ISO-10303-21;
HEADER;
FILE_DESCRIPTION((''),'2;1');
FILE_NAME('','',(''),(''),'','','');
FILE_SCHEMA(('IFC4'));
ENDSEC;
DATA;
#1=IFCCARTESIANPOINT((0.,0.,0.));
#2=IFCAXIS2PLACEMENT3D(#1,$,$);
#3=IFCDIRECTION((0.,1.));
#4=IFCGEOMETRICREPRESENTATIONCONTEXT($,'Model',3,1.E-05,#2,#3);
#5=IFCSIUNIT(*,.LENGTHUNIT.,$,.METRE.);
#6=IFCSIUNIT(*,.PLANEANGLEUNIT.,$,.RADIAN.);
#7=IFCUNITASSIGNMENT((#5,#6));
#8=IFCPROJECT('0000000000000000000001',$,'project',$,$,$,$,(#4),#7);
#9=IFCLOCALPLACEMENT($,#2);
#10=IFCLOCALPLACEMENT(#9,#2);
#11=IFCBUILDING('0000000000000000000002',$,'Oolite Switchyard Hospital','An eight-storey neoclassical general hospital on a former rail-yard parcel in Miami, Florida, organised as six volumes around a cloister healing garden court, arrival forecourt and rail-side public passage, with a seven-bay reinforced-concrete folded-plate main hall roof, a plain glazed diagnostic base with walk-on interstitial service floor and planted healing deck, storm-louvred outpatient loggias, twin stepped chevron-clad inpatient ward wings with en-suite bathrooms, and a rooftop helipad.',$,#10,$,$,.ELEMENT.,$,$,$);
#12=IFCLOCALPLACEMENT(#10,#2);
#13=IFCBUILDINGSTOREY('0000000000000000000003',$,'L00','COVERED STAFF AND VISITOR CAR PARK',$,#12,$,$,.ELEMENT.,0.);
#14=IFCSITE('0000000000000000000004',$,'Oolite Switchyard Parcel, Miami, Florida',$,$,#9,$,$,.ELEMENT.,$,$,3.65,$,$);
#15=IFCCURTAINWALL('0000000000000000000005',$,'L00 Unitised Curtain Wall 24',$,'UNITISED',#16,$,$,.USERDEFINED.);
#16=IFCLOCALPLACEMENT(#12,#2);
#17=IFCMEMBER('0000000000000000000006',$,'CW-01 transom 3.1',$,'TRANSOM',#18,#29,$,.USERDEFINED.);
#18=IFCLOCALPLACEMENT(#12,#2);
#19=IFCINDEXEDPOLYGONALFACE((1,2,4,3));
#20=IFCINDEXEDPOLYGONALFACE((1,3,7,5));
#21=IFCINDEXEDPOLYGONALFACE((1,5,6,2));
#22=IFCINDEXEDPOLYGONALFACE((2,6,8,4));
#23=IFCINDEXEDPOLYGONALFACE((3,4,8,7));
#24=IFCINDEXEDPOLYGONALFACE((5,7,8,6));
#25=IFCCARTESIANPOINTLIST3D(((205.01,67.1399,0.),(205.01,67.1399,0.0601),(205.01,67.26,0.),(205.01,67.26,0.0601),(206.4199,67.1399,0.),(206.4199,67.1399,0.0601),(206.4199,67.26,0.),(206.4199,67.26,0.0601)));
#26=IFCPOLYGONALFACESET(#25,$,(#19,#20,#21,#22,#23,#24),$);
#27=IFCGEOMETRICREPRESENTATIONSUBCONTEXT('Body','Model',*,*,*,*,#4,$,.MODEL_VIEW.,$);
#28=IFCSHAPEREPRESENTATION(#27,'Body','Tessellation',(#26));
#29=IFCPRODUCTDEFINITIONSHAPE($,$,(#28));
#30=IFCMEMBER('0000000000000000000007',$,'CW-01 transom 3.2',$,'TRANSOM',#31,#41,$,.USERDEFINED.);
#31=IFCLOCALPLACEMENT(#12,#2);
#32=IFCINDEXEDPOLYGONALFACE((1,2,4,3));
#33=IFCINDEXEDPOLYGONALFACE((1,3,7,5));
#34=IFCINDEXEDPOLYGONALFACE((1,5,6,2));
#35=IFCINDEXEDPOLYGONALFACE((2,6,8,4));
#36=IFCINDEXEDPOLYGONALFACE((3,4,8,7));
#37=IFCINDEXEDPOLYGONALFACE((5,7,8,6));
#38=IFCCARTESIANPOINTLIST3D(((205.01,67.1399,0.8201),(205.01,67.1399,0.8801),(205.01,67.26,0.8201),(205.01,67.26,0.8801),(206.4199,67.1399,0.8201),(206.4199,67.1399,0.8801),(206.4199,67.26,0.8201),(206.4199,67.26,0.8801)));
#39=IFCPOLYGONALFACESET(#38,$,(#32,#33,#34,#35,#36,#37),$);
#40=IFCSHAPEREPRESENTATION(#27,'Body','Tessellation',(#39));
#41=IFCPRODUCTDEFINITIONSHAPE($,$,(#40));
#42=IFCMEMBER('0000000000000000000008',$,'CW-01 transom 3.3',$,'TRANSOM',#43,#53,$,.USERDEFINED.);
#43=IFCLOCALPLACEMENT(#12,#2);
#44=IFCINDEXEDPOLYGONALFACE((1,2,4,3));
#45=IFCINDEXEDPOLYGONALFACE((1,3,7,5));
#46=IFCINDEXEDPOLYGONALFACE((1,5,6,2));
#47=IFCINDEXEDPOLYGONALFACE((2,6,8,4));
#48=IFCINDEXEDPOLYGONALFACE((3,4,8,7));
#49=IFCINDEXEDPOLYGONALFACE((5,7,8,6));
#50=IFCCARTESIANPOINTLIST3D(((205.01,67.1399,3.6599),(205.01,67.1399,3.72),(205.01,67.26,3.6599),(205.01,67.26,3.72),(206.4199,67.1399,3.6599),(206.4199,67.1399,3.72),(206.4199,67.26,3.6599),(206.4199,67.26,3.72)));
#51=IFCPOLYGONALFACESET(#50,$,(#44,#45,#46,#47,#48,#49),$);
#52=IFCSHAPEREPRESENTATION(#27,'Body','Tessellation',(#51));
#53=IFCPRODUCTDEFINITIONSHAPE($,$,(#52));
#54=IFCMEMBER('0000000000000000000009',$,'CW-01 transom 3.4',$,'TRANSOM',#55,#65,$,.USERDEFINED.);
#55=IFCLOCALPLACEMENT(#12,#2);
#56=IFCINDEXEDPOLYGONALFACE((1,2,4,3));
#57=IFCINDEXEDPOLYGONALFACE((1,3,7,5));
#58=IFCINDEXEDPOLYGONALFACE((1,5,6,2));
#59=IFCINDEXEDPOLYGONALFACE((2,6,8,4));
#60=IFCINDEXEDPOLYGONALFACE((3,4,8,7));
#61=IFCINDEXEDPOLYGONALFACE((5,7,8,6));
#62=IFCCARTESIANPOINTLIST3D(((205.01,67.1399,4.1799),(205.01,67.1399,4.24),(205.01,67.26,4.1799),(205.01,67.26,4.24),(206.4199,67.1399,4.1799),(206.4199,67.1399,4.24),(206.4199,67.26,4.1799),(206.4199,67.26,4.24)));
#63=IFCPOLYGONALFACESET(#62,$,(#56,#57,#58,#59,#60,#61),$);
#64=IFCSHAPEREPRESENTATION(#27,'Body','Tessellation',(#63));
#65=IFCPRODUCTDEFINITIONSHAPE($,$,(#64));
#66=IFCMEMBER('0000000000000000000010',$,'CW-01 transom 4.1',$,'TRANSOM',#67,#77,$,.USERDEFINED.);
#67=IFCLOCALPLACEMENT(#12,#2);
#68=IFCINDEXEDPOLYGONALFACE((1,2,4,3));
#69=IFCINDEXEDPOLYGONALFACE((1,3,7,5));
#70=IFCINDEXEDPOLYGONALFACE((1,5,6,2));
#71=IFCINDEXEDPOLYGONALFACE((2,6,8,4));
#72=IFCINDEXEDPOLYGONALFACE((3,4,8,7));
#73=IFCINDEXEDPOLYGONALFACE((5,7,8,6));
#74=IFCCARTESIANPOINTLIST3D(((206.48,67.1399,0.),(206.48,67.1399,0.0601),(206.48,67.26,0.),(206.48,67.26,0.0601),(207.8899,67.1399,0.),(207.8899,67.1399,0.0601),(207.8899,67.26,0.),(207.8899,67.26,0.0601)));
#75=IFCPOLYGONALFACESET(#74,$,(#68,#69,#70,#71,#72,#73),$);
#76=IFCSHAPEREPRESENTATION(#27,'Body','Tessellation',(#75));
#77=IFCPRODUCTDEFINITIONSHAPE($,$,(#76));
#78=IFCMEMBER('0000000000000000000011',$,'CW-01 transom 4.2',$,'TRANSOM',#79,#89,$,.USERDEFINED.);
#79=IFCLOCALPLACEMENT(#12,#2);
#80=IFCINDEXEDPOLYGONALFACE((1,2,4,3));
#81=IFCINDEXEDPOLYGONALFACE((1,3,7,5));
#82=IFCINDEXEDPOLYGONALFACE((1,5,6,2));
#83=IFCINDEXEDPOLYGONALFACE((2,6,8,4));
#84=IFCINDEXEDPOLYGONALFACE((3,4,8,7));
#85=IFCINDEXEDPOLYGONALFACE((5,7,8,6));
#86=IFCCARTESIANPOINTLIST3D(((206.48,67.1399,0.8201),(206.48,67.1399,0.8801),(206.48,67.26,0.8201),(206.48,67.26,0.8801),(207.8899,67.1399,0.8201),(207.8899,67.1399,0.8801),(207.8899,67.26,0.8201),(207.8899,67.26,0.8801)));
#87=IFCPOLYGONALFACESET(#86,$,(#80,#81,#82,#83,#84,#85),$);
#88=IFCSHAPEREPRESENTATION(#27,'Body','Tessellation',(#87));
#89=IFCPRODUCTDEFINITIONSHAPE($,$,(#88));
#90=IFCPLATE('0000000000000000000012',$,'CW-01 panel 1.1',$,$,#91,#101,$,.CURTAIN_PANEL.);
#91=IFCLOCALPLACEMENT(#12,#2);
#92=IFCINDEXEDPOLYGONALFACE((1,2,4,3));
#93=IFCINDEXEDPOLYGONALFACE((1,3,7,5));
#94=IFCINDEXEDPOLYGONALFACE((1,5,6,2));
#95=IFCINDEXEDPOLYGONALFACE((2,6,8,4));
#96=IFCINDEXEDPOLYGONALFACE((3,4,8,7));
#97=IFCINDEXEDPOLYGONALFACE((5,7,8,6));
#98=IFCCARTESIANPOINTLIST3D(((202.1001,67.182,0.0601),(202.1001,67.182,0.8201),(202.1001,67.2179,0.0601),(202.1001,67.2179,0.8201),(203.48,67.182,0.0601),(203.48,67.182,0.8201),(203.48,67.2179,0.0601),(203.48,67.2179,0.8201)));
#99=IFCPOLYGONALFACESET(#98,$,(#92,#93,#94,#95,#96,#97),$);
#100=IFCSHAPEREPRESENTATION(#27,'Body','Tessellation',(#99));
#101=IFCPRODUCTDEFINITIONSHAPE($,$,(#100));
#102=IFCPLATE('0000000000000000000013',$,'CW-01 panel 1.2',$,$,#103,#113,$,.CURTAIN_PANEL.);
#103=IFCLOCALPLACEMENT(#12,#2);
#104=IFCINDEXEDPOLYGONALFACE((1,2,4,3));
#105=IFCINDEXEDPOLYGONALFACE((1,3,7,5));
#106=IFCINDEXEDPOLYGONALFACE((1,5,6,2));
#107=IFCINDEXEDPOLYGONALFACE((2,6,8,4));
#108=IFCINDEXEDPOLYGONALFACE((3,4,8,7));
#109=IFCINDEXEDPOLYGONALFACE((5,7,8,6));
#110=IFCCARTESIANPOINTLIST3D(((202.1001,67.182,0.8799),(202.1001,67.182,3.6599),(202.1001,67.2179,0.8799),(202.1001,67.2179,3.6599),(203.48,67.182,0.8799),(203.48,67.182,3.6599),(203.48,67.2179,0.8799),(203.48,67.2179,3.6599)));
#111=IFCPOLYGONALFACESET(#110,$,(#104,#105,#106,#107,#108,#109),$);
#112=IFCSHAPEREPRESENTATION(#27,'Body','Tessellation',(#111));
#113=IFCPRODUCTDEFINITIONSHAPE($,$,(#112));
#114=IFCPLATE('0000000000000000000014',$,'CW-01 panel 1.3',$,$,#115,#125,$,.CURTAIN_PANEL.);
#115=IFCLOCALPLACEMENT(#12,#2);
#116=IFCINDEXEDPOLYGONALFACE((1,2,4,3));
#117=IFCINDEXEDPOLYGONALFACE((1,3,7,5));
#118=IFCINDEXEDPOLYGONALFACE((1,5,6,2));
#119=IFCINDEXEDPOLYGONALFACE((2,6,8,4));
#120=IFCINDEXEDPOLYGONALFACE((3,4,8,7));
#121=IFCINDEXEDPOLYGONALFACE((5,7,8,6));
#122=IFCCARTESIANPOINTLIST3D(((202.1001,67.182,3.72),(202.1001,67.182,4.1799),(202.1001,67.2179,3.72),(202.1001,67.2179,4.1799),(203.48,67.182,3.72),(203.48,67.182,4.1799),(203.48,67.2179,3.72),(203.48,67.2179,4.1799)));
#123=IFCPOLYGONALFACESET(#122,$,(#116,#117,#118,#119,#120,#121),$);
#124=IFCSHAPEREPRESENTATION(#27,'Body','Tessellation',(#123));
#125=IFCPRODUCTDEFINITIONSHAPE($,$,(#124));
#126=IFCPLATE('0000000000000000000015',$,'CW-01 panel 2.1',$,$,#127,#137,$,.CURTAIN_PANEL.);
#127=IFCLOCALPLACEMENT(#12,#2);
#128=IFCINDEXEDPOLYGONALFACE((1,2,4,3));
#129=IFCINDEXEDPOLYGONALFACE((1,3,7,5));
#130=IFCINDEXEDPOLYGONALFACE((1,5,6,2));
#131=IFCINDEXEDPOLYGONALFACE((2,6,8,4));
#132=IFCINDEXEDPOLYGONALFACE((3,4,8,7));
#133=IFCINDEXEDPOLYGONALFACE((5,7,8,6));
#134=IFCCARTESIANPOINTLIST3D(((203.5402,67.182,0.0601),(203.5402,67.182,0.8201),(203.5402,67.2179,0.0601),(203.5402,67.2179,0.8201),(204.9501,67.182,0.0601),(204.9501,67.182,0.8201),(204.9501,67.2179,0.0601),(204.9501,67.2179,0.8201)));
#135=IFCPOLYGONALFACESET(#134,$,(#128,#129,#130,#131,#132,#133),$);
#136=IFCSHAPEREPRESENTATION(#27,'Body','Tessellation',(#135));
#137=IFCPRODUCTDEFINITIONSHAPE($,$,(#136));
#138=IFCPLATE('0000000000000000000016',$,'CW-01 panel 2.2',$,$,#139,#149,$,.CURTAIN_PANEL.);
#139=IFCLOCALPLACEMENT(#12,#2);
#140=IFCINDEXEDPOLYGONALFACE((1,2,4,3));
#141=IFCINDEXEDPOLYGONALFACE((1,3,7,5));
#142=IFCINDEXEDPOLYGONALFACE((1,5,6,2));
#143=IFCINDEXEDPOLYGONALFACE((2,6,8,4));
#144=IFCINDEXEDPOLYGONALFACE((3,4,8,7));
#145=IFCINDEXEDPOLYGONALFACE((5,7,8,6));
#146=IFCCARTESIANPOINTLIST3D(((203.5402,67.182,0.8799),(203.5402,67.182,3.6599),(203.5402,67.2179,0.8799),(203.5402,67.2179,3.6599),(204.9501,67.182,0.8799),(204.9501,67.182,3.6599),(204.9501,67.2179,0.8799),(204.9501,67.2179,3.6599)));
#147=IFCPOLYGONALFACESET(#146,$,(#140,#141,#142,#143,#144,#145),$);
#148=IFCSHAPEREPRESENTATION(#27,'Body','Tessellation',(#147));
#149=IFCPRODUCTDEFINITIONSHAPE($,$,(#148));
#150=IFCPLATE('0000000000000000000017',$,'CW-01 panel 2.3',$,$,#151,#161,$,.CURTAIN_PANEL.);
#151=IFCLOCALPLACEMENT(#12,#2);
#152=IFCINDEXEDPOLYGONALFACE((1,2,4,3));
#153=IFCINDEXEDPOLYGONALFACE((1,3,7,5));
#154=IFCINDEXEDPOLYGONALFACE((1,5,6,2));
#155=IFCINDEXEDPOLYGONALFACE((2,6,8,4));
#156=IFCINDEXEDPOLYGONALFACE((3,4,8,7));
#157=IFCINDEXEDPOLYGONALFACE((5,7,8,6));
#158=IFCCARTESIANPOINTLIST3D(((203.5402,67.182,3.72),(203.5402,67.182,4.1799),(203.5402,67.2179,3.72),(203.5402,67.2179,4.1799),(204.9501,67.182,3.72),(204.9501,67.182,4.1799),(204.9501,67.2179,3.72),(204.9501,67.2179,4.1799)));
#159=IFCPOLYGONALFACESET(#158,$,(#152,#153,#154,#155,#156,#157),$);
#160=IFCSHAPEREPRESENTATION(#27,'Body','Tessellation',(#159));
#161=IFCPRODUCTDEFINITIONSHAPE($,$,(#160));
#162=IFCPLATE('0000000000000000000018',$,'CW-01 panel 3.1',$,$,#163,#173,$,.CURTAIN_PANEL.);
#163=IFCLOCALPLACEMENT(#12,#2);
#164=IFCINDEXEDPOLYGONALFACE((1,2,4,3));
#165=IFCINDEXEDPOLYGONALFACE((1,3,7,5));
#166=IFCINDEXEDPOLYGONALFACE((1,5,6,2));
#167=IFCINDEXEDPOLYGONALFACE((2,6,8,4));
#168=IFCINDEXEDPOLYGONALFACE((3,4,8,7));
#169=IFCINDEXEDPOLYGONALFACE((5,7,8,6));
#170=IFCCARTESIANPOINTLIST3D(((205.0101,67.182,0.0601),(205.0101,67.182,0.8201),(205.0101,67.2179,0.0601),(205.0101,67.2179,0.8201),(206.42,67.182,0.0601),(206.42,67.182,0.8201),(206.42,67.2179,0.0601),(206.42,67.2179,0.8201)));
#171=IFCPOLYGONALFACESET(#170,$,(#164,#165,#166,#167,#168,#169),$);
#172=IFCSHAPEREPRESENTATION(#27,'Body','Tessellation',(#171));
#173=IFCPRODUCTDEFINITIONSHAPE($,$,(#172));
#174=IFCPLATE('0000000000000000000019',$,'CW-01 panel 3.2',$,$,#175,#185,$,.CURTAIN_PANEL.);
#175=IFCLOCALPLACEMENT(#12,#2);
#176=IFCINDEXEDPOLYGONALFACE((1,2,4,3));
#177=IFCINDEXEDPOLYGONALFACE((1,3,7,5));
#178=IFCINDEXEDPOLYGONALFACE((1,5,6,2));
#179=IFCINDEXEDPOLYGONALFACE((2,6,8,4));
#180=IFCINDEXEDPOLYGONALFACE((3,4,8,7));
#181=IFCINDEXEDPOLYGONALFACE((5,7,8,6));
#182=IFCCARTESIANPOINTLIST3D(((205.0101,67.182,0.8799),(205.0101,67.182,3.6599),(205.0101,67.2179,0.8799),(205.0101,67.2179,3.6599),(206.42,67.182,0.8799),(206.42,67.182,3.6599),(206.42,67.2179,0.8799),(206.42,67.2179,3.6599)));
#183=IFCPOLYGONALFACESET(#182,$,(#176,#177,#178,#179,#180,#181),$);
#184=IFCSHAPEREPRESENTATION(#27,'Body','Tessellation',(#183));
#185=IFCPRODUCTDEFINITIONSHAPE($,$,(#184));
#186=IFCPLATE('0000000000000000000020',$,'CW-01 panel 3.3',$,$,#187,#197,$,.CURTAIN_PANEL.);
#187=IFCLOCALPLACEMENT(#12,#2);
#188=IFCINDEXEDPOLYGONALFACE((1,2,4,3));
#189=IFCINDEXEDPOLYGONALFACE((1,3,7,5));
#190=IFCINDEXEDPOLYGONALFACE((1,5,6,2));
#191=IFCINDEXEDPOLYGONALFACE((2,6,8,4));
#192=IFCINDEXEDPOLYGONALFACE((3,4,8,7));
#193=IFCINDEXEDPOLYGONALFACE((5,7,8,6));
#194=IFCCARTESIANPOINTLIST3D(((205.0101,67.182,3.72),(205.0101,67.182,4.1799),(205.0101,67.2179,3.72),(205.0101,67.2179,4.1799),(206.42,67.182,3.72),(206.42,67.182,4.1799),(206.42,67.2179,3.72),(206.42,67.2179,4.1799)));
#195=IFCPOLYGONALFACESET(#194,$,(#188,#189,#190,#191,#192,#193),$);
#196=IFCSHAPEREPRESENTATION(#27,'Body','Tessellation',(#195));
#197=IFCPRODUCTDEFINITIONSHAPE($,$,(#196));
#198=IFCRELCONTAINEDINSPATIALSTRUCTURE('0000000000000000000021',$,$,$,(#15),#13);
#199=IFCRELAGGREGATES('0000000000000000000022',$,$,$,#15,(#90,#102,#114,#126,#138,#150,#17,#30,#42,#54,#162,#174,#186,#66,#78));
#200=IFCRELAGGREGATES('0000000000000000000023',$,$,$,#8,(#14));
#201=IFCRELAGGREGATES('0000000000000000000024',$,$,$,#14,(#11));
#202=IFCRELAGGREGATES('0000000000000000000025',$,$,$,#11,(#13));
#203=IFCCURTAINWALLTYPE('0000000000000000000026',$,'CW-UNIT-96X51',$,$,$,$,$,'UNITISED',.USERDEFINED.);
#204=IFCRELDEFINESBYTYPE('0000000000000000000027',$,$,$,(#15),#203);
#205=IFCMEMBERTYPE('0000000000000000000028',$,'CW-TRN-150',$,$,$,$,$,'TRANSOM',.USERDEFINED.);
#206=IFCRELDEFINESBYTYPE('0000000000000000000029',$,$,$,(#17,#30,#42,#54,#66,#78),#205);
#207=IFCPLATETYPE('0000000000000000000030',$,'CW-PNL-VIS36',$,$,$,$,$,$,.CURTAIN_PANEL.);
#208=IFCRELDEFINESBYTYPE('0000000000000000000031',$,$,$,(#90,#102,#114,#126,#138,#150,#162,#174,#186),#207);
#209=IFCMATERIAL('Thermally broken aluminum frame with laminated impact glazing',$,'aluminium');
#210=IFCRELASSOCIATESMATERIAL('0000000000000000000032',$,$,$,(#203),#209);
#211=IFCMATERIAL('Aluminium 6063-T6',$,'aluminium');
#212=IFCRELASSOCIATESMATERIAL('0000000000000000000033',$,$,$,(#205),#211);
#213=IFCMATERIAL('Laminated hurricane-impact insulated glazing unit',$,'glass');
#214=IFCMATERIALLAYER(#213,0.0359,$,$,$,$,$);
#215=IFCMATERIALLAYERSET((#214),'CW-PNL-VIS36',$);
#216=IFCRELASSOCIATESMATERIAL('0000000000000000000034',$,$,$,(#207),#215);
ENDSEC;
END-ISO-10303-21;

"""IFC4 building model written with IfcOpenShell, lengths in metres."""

from ifc_helpers import new_model, si_unit, direction, frame, origin, origin_2d, place, context, subcontext, project, spatial, rectangle, extrude, material, layer, layer_set, material_profile, profile_set, type_object, element, aggregate, save


model = new_model("IFC4")

# Units and contexts
model_context = context("Model", 3, precision=1e-05, world=origin(), true_north=direction((0.0, 1.0)))
body_context = subcontext(model_context, "Body", "Model", "MODEL_VIEW")
ifc_project = project(units=[si_unit("LENGTHUNIT", "METRE"), si_unit("PLANEANGLEUNIT", "RADIAN")], contexts=[model_context])

# Site, building, storey
site_placement = place(None, origin())
site = spatial("IfcSite", under=ifc_project, at=site_placement, Name="Oolite Switchyard Parcel, Miami, Florida", CompositionType="ELEMENT", RefElevation=3.65)
building_placement = place(site_placement, origin())
building = spatial("IfcBuilding", under=site, at=building_placement, Name="Oolite Switchyard Hospital", Description="An eight-storey neoclassical general hospital on a former rail-yard parcel in Miami, Florida, organised as six volumes around a cloister healing garden court, arrival forecourt and rail-side public passage, with a seven-bay reinforced-concrete folded-plate main hall roof, a plain glazed diagnostic base with walk-on interstitial service floor and planted healing deck, storm-louvred outpatient loggias, twin stepped chevron-clad inpatient ward wings with en-suite bathrooms, and a rooftop helipad.", CompositionType="ELEMENT")
storey_placement = place(building_placement, origin())
storey = spatial("IfcBuildingStorey", under=building, at=storey_placement, Name="L00", Description="COVERED STAFF AND VISITOR CAR PARK", CompositionType="ELEMENT", Elevation=0.0)

# Curtain wall, members, plates
ifc_material_1 = material(Name="Thermally broken aluminum frame with laminated impact glazing", Category="aluminium")
curtain_wall_type = type_object("IfcCurtainWallType", Name="CW-UNIT-96X51", ElementType="UNITISED", PredefinedType="USERDEFINED", material=ifc_material_1)
curtain_wall_placement = place(storey_placement, origin())
curtain_wall = element("IfcCurtainWall", 1, at=curtain_wall_placement, inside=storey, type_object=curtain_wall_type, Name="L00 Unitised Curtain Wall 24", ObjectType="UNITISED", PredefinedType="USERDEFINED")
ifc_material_2 = material(Name="Aluminium 6063-T6", Category="aluminium")
ifc_material_profile_1 = material_profile(ifc_material_2, rectangle(XDim=0.1201, YDim=0.0601, at=origin_2d()), Name="CWT60X120")
ifc_profile_set_1 = profile_set([ifc_material_profile_1], Name="Aluminium 6063-T6")
member_type_1 = type_object("IfcMemberType", Name="CW-TRN-150", ElementType="TRANSOM", PredefinedType="USERDEFINED", material=ifc_profile_set_1)
member_1_placement = place(storey_placement, frame((205.01, 67.2, 0.03), z_axis=(1.0, 0.0, 0.0), x_axis=(0.0, 1.0, 0.0)))
member_1 = element("IfcMember", 2, at=member_1_placement, type_object=member_type_1, Name="CW-01 transom 3.1", ObjectType="TRANSOM", PredefinedType="USERDEFINED", context=body_context, shape_type="SweptSolid", body=[
    extrude(rectangle(XDim=0.1201, YDim=0.0601, at=origin_2d()), origin(), (0.0, 0.0, 1.0), 1.4099),
])
member_2_placement = place(storey_placement, frame((205.01, 67.2, 0.8501), z_axis=(1.0, 0.0, 0.0), x_axis=(0.0, 1.0, 0.0)))
member_2 = element("IfcMember", 3, at=member_2_placement, type_object=member_type_1, Name="CW-01 transom 3.2", ObjectType="TRANSOM", PredefinedType="USERDEFINED", context=body_context, shape_type="SweptSolid", body=[
    extrude(rectangle(XDim=0.1201, YDim=0.0601, at=origin_2d()), origin(), (0.0, 0.0, 1.0), 1.4099),
])
member_3_placement = place(storey_placement, frame((205.01, 67.2, 3.6899), z_axis=(1.0, 0.0, 0.0), x_axis=(0.0, 1.0, 0.0)))
member_3 = element("IfcMember", 4, at=member_3_placement, type_object=member_type_1, Name="CW-01 transom 3.3", ObjectType="TRANSOM", PredefinedType="USERDEFINED", context=body_context, shape_type="SweptSolid", body=[
    extrude(rectangle(XDim=0.1201, YDim=0.0601, at=origin_2d()), origin(), (0.0, 0.0, 1.0), 1.4099),
])
member_4_placement = place(storey_placement, frame((205.01, 67.2, 4.21), z_axis=(1.0, 0.0, 0.0), x_axis=(0.0, 1.0, 0.0)))
member_4 = element("IfcMember", 5, at=member_4_placement, type_object=member_type_1, Name="CW-01 transom 3.4", ObjectType="TRANSOM", PredefinedType="USERDEFINED", context=body_context, shape_type="SweptSolid", body=[
    extrude(rectangle(XDim=0.1201, YDim=0.0601, at=origin_2d()), origin(), (0.0, 0.0, 1.0), 1.4099),
])
member_5_placement = place(storey_placement, frame((206.48, 67.2, 0.03), z_axis=(1.0, 0.0, 0.0), x_axis=(0.0, 1.0, 0.0)))
member_5 = element("IfcMember", 6, at=member_5_placement, type_object=member_type_1, Name="CW-01 transom 4.1", ObjectType="TRANSOM", PredefinedType="USERDEFINED", context=body_context, shape_type="SweptSolid", body=[
    extrude(rectangle(XDim=0.1201, YDim=0.0601, at=origin_2d()), origin(), (0.0, 0.0, 1.0), 1.4099),
])
member_6_placement = place(storey_placement, frame((206.48, 67.2, 0.8501), z_axis=(1.0, 0.0, 0.0), x_axis=(0.0, 1.0, 0.0)))
member_6 = element("IfcMember", 7, at=member_6_placement, type_object=member_type_1, Name="CW-01 transom 4.2", ObjectType="TRANSOM", PredefinedType="USERDEFINED", context=body_context, shape_type="SweptSolid", body=[
    extrude(rectangle(XDim=0.1201, YDim=0.0601, at=origin_2d()), origin(), (0.0, 0.0, 1.0), 1.4099),
])
ifc_material_3 = material(Name="Laminated hurricane-impact insulated glazing unit", Category="glass")
ifc_layer = layer(ifc_material_3, 0.0359)
ifc_layer_set = layer_set([ifc_layer], Name="CW-PNL-VIS36")
plate_type = type_object("IfcPlateType", Name="CW-PNL-VIS36", PredefinedType="CURTAIN_PANEL", material=ifc_layer_set)
plate_1_placement = place(storey_placement, frame((202.79, 67.2, 0.0601), z_axis=(0.0, 0.0, 1.0), x_axis=(1.0, 0.0, 0.0)))
plate_1 = element("IfcPlate", 8, at=plate_1_placement, type_object=plate_type, Name="CW-01 panel 1.1", PredefinedType="CURTAIN_PANEL", context=body_context, shape_type="SweptSolid", body=[
    extrude(rectangle(XDim=1.3799, YDim=0.0359, at=origin_2d()), origin(), (0.0, 0.0, 1.0), 0.76),
])
plate_2_placement = place(storey_placement, frame((202.79, 67.2, 0.8799), z_axis=(0.0, 0.0, 1.0), x_axis=(1.0, 0.0, 0.0)))
plate_2 = element("IfcPlate", 9, at=plate_2_placement, type_object=plate_type, Name="CW-01 panel 1.2", PredefinedType="CURTAIN_PANEL", context=body_context, shape_type="SweptSolid", body=[
    extrude(rectangle(XDim=1.3799, YDim=0.0359, at=origin_2d()), origin(), (0.0, 0.0, 1.0), 2.78),
])
plate_3_placement = place(storey_placement, frame((202.79, 67.2, 3.72), z_axis=(0.0, 0.0, 1.0), x_axis=(1.0, 0.0, 0.0)))
plate_3 = element("IfcPlate", 10, at=plate_3_placement, type_object=plate_type, Name="CW-01 panel 1.3", PredefinedType="CURTAIN_PANEL", context=body_context, shape_type="SweptSolid", body=[
    extrude(rectangle(XDim=1.3799, YDim=0.0359, at=origin_2d()), origin(), (0.0, 0.0, 1.0), 0.46),
])
plate_4_placement = place(storey_placement, frame((204.2451, 67.2, 0.0601), z_axis=(0.0, 0.0, 1.0), x_axis=(1.0, 0.0, 0.0)))
plate_4 = element("IfcPlate", 11, at=plate_4_placement, type_object=plate_type, Name="CW-01 panel 2.1", PredefinedType="CURTAIN_PANEL", context=body_context, shape_type="SweptSolid", body=[
    extrude(rectangle(XDim=1.4099, YDim=0.0359, at=origin_2d()), origin(), (0.0, 0.0, 1.0), 0.76),
])
plate_5_placement = place(storey_placement, frame((204.2451, 67.2, 0.8799), z_axis=(0.0, 0.0, 1.0), x_axis=(1.0, 0.0, 0.0)))
plate_5 = element("IfcPlate", 12, at=plate_5_placement, type_object=plate_type, Name="CW-01 panel 2.2", PredefinedType="CURTAIN_PANEL", context=body_context, shape_type="SweptSolid", body=[
    extrude(rectangle(XDim=1.4099, YDim=0.0359, at=origin_2d()), origin(), (0.0, 0.0, 1.0), 2.78),
])
plate_6_placement = place(storey_placement, frame((204.2451, 67.2, 3.72), z_axis=(0.0, 0.0, 1.0), x_axis=(1.0, 0.0, 0.0)))
plate_6 = element("IfcPlate", 13, at=plate_6_placement, type_object=plate_type, Name="CW-01 panel 2.3", PredefinedType="CURTAIN_PANEL", context=body_context, shape_type="SweptSolid", body=[
    extrude(rectangle(XDim=1.4099, YDim=0.0359, at=origin_2d()), origin(), (0.0, 0.0, 1.0), 0.46),
])
plate_7_placement = place(storey_placement, frame((205.7151, 67.2, 0.0601), z_axis=(0.0, 0.0, 1.0), x_axis=(1.0, 0.0, 0.0)))
plate_7 = element("IfcPlate", 14, at=plate_7_placement, type_object=plate_type, Name="CW-01 panel 3.1", PredefinedType="CURTAIN_PANEL", context=body_context, shape_type="SweptSolid", body=[
    extrude(rectangle(XDim=1.4099, YDim=0.0359, at=origin_2d()), origin(), (0.0, 0.0, 1.0), 0.76),
])
plate_8_placement = place(storey_placement, frame((205.7151, 67.2, 0.8799), z_axis=(0.0, 0.0, 1.0), x_axis=(1.0, 0.0, 0.0)))
plate_8 = element("IfcPlate", 15, at=plate_8_placement, type_object=plate_type, Name="CW-01 panel 3.2", PredefinedType="CURTAIN_PANEL", context=body_context, shape_type="SweptSolid", body=[
    extrude(rectangle(XDim=1.4099, YDim=0.0359, at=origin_2d()), origin(), (0.0, 0.0, 1.0), 2.78),
])
plate_9_placement = place(storey_placement, frame((205.7151, 67.2, 3.72), z_axis=(0.0, 0.0, 1.0), x_axis=(1.0, 0.0, 0.0)))
plate_9 = element("IfcPlate", 16, at=plate_9_placement, type_object=plate_type, Name="CW-01 panel 3.3", PredefinedType="CURTAIN_PANEL", context=body_context, shape_type="SweptSolid", body=[
    extrude(rectangle(XDim=1.4099, YDim=0.0359, at=origin_2d()), origin(), (0.0, 0.0, 1.0), 0.46),
])
aggregate(curtain_wall, [plate_1, plate_2, plate_3, plate_4, plate_5, plate_6, member_1, member_2, member_3, member_4, plate_7, plate_8, plate_9, member_5, member_6])

save(model, "model.ifc")
